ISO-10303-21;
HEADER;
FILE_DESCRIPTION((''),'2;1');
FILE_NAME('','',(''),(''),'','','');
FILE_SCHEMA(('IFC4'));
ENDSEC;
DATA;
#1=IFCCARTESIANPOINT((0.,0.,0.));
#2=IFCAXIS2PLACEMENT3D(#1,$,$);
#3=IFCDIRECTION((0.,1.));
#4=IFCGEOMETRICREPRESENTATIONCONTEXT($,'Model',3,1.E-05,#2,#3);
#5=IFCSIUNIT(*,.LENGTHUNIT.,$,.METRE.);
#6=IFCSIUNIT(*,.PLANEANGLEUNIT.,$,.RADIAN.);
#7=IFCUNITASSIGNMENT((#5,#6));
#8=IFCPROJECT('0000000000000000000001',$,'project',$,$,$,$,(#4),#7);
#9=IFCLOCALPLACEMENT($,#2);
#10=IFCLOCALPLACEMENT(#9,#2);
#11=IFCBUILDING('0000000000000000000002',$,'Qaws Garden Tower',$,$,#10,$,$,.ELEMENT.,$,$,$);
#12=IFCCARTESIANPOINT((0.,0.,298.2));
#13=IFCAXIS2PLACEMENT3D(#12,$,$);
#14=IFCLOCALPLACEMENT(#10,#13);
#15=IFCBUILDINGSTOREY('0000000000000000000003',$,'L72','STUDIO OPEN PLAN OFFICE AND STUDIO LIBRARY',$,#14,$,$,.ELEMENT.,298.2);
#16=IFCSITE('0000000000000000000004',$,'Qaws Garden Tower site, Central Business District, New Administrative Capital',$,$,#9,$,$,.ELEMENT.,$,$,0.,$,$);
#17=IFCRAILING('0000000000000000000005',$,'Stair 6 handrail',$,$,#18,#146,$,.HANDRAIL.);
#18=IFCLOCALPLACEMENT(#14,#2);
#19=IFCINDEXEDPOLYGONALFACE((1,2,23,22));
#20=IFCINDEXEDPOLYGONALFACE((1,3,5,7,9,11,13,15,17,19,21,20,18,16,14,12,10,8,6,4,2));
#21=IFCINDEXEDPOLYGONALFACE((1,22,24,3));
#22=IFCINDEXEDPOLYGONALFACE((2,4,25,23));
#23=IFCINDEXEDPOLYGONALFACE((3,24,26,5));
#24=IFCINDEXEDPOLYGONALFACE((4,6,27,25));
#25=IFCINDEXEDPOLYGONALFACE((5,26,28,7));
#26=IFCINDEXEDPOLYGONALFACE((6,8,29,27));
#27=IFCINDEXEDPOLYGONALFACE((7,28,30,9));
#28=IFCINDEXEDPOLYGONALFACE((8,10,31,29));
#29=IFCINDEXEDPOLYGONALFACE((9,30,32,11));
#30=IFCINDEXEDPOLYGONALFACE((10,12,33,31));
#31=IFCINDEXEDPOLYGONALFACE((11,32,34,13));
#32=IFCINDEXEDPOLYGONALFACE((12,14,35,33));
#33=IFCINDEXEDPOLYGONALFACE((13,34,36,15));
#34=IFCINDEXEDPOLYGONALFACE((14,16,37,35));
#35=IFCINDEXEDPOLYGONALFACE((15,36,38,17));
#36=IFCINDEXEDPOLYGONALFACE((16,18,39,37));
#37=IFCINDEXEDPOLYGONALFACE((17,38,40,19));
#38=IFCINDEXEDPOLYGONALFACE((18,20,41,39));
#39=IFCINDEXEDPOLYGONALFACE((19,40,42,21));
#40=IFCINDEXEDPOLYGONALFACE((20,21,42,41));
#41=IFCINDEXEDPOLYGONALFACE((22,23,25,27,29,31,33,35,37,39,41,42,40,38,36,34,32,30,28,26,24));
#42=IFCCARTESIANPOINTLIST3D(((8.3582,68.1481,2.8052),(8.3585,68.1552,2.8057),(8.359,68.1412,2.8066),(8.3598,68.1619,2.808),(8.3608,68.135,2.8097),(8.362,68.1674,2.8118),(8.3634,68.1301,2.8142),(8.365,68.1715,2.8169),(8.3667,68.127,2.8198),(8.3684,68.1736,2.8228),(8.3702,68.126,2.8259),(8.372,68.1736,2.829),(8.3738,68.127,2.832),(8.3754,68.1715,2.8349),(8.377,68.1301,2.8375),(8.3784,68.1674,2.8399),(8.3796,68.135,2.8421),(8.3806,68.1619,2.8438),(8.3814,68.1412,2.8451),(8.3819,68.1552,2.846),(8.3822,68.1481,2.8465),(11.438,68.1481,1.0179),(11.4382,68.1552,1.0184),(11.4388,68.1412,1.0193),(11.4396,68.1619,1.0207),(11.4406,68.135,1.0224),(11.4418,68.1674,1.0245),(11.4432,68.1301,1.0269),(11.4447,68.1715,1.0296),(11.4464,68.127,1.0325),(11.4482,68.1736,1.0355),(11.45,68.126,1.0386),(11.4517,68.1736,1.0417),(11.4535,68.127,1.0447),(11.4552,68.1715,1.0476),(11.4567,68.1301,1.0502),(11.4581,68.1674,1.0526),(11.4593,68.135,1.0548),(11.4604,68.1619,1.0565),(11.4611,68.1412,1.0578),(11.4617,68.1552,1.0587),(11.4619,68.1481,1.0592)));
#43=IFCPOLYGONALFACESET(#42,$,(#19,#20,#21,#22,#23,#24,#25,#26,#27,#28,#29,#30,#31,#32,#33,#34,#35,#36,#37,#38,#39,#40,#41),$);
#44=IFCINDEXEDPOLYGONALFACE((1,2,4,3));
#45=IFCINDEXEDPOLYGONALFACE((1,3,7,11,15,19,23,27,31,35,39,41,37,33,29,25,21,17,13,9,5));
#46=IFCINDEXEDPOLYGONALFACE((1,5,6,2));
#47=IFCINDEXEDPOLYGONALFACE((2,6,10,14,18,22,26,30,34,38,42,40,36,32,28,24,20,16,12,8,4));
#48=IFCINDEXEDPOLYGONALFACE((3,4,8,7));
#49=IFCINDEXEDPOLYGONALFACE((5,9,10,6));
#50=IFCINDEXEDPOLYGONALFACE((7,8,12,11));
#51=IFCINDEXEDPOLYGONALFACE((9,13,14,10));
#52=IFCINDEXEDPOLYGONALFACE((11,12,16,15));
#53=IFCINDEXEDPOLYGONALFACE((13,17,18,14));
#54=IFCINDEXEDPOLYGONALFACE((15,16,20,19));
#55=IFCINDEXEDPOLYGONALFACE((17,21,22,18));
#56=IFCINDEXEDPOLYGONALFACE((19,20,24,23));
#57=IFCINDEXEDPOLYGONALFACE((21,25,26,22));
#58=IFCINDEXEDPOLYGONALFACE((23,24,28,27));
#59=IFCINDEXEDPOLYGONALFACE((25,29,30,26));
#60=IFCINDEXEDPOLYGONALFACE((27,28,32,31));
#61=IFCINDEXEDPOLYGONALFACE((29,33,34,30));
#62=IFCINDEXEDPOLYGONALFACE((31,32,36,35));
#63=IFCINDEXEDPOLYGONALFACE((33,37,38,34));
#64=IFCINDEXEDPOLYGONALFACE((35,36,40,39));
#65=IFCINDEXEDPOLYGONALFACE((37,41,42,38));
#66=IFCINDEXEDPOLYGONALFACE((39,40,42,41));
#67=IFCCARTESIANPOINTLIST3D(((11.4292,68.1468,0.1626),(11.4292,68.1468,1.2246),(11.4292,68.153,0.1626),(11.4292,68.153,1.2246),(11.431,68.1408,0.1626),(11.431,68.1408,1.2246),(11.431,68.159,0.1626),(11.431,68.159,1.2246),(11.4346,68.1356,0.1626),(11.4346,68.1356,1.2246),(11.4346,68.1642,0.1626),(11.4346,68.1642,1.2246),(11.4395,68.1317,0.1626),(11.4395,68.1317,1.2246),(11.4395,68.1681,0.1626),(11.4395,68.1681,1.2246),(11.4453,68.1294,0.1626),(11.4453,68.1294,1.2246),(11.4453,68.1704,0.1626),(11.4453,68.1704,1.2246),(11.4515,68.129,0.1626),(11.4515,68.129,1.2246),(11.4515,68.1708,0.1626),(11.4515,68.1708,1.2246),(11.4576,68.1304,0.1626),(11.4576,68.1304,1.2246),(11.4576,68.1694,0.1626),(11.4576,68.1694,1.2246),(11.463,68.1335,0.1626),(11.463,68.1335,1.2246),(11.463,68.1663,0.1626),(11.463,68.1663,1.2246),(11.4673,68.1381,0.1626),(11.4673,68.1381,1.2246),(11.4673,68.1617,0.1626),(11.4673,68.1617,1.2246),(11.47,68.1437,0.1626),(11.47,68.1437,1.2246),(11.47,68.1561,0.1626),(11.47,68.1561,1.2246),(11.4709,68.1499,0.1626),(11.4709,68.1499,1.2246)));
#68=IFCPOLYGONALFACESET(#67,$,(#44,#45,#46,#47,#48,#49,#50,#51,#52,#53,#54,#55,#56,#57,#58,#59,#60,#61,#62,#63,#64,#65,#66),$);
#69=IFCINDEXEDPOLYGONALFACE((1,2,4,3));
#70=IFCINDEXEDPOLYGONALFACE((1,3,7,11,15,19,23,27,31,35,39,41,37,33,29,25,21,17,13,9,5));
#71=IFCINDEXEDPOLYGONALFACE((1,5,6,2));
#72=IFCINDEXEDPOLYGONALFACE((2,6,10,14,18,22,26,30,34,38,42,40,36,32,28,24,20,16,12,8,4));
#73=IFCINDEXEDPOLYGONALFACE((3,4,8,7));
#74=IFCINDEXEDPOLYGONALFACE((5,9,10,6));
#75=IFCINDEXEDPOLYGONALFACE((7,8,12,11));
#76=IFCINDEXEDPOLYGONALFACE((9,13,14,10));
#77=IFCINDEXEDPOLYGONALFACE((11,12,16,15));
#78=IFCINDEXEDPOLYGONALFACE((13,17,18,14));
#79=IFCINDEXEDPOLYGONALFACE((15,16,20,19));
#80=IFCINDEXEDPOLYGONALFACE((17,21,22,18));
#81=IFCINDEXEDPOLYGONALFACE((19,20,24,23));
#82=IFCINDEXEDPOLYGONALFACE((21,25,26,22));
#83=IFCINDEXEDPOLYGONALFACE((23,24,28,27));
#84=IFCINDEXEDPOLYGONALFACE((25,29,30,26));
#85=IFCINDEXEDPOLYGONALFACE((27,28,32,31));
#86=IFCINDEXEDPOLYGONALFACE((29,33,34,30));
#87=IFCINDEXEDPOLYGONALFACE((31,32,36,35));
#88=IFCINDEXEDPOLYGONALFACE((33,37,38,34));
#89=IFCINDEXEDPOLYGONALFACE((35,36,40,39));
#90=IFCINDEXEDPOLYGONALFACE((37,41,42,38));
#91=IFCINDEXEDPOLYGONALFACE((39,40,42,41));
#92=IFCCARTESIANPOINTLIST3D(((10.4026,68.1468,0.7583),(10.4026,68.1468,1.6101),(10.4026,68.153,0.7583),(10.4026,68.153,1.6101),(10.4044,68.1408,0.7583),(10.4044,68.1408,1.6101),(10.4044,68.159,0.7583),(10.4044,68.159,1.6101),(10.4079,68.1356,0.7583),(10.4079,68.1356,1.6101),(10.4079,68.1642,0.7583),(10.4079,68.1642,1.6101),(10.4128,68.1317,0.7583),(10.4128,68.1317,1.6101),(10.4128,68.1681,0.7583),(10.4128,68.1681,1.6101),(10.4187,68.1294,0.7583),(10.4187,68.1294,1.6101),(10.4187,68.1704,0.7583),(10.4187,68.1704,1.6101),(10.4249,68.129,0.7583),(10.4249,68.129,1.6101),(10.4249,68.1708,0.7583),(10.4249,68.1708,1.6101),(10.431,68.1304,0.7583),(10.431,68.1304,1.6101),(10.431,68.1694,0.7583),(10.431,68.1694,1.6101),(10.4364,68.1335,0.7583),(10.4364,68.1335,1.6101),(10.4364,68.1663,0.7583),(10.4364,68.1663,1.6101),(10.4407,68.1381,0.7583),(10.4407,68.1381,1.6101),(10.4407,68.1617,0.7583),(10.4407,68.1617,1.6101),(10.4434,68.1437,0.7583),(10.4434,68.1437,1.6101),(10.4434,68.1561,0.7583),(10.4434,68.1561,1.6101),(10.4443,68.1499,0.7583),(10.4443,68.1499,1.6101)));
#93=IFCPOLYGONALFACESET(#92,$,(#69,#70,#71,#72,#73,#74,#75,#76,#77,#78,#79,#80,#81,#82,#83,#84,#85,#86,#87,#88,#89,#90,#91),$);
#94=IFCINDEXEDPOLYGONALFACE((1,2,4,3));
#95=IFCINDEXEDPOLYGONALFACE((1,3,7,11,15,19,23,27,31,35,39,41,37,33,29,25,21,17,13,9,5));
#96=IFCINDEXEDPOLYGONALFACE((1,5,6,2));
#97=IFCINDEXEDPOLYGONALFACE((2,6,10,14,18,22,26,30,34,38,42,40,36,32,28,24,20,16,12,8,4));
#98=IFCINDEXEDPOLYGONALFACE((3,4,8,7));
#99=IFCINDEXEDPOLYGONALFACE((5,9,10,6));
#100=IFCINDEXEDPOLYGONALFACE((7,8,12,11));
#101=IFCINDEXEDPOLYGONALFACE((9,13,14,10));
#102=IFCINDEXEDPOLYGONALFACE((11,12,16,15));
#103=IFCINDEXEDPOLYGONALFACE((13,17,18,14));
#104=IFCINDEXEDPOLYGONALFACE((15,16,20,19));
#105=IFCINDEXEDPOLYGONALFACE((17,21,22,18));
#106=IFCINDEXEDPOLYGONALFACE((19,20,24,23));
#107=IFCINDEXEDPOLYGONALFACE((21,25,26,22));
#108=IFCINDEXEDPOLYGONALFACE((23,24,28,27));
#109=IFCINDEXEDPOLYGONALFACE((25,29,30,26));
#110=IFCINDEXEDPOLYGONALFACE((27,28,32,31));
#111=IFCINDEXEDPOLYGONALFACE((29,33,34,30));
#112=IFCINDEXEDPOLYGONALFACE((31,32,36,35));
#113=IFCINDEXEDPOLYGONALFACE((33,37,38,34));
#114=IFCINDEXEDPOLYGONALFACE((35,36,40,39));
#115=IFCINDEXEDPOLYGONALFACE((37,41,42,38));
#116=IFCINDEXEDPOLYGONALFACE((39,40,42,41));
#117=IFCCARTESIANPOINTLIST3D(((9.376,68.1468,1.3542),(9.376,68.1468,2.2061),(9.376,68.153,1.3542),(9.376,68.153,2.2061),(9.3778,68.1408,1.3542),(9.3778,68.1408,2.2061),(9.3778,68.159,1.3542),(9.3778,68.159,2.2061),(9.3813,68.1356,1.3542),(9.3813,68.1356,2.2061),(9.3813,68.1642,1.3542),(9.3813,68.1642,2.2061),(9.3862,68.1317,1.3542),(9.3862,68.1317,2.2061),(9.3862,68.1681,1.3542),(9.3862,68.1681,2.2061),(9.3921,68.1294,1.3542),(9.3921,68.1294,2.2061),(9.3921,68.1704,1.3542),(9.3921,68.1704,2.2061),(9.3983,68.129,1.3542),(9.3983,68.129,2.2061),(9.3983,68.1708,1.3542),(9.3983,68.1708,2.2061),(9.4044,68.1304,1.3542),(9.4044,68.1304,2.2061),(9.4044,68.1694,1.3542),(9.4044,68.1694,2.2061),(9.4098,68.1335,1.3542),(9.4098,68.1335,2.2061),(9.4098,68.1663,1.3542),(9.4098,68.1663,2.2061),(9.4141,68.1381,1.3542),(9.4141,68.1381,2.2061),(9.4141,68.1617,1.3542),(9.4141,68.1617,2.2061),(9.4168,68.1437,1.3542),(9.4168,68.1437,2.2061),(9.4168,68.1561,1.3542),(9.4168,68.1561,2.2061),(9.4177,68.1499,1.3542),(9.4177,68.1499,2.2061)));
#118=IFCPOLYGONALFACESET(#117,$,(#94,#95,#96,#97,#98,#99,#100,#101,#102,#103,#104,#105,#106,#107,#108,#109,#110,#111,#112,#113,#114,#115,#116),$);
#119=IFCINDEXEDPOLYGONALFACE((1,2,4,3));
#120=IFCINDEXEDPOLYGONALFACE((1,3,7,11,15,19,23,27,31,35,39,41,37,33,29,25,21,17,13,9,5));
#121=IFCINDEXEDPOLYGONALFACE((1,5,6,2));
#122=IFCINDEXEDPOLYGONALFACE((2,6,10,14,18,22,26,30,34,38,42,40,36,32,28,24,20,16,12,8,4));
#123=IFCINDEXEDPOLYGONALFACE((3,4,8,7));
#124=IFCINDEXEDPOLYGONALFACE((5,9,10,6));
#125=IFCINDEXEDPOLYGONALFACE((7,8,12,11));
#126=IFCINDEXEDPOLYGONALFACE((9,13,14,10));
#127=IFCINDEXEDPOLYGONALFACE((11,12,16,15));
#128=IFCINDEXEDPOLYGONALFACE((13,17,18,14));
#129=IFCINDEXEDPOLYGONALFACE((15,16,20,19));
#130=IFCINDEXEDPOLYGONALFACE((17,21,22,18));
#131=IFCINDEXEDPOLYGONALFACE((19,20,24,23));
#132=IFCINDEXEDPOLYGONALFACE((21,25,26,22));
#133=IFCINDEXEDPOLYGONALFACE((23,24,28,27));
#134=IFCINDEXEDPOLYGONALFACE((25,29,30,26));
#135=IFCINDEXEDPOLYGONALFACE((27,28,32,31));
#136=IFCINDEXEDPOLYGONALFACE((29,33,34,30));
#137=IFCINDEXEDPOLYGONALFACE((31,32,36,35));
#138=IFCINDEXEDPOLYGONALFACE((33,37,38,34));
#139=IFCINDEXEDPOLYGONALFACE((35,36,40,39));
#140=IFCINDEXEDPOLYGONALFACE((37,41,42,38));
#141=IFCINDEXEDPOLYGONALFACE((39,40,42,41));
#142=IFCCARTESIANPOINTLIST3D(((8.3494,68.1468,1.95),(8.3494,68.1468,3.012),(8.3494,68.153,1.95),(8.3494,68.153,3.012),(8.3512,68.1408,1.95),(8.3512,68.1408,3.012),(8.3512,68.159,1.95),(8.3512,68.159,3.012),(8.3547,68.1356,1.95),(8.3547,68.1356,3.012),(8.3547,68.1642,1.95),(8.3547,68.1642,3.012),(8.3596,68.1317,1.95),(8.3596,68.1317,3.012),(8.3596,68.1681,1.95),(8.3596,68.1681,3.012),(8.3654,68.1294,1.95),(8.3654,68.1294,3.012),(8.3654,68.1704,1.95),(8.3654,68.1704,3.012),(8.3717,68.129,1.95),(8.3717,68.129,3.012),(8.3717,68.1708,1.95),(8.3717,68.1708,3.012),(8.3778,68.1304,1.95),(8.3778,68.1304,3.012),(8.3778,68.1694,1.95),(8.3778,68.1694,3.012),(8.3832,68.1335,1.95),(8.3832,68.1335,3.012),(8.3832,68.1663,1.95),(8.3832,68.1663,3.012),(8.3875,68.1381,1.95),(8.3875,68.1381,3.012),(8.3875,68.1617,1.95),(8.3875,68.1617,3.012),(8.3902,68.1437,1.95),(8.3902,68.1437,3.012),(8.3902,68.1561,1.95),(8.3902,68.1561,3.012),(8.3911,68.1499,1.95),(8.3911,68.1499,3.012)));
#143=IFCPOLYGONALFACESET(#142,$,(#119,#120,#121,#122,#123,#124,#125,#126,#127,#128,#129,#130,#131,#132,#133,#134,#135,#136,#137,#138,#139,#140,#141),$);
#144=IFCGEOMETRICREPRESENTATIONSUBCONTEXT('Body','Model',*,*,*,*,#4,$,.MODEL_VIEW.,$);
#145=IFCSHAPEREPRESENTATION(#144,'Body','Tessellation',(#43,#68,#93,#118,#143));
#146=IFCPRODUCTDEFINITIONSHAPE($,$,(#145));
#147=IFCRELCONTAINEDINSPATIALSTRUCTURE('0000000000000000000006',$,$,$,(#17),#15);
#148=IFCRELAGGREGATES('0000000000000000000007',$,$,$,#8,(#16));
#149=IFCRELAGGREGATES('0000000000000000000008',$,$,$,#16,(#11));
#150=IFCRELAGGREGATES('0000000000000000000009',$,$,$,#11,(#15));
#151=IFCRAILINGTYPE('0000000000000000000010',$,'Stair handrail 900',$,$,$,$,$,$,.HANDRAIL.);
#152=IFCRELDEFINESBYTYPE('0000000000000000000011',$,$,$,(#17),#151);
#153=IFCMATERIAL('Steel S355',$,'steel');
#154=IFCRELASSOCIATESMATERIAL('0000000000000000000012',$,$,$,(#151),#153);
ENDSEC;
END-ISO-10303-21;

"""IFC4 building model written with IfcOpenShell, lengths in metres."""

from ifc_helpers import new_model, si_unit, direction, frame, origin, origin_2d, place, context, subcontext, project, spatial, circle, extrude, material, type_object, element, save


model = new_model("IFC4")

# Units and contexts
model_context = context("Model", 3, precision=1e-05, world=origin(), true_north=direction((0.0, 1.0)))
body_context = subcontext(model_context, "Body", "Model", "MODEL_VIEW")
ifc_project = project(units=[si_unit("LENGTHUNIT", "METRE"), si_unit("PLANEANGLEUNIT", "RADIAN")], contexts=[model_context])

# Site, building, storey
site_placement = place(None, origin())
site = spatial("IfcSite", under=ifc_project, at=site_placement, Name="Qaws Garden Tower site, Central Business District, New Administrative Capital", CompositionType="ELEMENT", RefElevation=0.0)
building_placement = place(site_placement, origin())
building = spatial("IfcBuilding", under=site, at=building_placement, Name="Qaws Garden Tower", CompositionType="ELEMENT")
storey_placement = place(building_placement, frame((0.0, 0.0, 298.2)))
storey = spatial("IfcBuildingStorey", under=building, at=storey_placement, Name="L72", Description="STUDIO OPEN PLAN OFFICE AND STUDIO LIBRARY", CompositionType="ELEMENT", Elevation=298.2)

# Railing
ifc_material_1 = material(Name="Steel S355", Category="steel")
railing_type = type_object("IfcRailingType", Name="Stair handrail 900", PredefinedType="HANDRAIL", material=ifc_material_1)
railing_1_placement = place(storey_placement, frame((11.45, 68.1499, 0.1626)))
element("IfcRailing", 1, at=railing_1_placement, inside=storey, type_object=railing_type, Name="Stair 6 handrail", PredefinedType="HANDRAIL", context=body_context, shape_type="SweptSolid", body=[
    extrude(circle(Radius=0.0239, at=origin_2d()), frame((0.0, 0.0, 0.876), z_axis=(-0.864903, 0.0, 0.501939), x_axis=(0.0, -1.0, 0.0)), (0.0, 0.0, 1.0), 3.5608),
    extrude(circle(Radius=0.021, at=origin_2d()), origin(), (0.0, 0.0, 1.0), 1.062),
    extrude(circle(Radius=0.021, at=origin_2d()), frame((-1.0266, 0.0, 0.5957)), (0.0, 0.0, 1.0), 0.8518),
    extrude(circle(Radius=0.021, at=origin_2d()), frame((-2.0532, 0.0, 1.1917)), (0.0, 0.0, 1.0), 0.8518),
    extrude(circle(Radius=0.021, at=origin_2d()), frame((-3.0798, 0.0, 1.7874)), (0.0, 0.0, 1.0), 1.062),
])

save(model, "model.ifc")
